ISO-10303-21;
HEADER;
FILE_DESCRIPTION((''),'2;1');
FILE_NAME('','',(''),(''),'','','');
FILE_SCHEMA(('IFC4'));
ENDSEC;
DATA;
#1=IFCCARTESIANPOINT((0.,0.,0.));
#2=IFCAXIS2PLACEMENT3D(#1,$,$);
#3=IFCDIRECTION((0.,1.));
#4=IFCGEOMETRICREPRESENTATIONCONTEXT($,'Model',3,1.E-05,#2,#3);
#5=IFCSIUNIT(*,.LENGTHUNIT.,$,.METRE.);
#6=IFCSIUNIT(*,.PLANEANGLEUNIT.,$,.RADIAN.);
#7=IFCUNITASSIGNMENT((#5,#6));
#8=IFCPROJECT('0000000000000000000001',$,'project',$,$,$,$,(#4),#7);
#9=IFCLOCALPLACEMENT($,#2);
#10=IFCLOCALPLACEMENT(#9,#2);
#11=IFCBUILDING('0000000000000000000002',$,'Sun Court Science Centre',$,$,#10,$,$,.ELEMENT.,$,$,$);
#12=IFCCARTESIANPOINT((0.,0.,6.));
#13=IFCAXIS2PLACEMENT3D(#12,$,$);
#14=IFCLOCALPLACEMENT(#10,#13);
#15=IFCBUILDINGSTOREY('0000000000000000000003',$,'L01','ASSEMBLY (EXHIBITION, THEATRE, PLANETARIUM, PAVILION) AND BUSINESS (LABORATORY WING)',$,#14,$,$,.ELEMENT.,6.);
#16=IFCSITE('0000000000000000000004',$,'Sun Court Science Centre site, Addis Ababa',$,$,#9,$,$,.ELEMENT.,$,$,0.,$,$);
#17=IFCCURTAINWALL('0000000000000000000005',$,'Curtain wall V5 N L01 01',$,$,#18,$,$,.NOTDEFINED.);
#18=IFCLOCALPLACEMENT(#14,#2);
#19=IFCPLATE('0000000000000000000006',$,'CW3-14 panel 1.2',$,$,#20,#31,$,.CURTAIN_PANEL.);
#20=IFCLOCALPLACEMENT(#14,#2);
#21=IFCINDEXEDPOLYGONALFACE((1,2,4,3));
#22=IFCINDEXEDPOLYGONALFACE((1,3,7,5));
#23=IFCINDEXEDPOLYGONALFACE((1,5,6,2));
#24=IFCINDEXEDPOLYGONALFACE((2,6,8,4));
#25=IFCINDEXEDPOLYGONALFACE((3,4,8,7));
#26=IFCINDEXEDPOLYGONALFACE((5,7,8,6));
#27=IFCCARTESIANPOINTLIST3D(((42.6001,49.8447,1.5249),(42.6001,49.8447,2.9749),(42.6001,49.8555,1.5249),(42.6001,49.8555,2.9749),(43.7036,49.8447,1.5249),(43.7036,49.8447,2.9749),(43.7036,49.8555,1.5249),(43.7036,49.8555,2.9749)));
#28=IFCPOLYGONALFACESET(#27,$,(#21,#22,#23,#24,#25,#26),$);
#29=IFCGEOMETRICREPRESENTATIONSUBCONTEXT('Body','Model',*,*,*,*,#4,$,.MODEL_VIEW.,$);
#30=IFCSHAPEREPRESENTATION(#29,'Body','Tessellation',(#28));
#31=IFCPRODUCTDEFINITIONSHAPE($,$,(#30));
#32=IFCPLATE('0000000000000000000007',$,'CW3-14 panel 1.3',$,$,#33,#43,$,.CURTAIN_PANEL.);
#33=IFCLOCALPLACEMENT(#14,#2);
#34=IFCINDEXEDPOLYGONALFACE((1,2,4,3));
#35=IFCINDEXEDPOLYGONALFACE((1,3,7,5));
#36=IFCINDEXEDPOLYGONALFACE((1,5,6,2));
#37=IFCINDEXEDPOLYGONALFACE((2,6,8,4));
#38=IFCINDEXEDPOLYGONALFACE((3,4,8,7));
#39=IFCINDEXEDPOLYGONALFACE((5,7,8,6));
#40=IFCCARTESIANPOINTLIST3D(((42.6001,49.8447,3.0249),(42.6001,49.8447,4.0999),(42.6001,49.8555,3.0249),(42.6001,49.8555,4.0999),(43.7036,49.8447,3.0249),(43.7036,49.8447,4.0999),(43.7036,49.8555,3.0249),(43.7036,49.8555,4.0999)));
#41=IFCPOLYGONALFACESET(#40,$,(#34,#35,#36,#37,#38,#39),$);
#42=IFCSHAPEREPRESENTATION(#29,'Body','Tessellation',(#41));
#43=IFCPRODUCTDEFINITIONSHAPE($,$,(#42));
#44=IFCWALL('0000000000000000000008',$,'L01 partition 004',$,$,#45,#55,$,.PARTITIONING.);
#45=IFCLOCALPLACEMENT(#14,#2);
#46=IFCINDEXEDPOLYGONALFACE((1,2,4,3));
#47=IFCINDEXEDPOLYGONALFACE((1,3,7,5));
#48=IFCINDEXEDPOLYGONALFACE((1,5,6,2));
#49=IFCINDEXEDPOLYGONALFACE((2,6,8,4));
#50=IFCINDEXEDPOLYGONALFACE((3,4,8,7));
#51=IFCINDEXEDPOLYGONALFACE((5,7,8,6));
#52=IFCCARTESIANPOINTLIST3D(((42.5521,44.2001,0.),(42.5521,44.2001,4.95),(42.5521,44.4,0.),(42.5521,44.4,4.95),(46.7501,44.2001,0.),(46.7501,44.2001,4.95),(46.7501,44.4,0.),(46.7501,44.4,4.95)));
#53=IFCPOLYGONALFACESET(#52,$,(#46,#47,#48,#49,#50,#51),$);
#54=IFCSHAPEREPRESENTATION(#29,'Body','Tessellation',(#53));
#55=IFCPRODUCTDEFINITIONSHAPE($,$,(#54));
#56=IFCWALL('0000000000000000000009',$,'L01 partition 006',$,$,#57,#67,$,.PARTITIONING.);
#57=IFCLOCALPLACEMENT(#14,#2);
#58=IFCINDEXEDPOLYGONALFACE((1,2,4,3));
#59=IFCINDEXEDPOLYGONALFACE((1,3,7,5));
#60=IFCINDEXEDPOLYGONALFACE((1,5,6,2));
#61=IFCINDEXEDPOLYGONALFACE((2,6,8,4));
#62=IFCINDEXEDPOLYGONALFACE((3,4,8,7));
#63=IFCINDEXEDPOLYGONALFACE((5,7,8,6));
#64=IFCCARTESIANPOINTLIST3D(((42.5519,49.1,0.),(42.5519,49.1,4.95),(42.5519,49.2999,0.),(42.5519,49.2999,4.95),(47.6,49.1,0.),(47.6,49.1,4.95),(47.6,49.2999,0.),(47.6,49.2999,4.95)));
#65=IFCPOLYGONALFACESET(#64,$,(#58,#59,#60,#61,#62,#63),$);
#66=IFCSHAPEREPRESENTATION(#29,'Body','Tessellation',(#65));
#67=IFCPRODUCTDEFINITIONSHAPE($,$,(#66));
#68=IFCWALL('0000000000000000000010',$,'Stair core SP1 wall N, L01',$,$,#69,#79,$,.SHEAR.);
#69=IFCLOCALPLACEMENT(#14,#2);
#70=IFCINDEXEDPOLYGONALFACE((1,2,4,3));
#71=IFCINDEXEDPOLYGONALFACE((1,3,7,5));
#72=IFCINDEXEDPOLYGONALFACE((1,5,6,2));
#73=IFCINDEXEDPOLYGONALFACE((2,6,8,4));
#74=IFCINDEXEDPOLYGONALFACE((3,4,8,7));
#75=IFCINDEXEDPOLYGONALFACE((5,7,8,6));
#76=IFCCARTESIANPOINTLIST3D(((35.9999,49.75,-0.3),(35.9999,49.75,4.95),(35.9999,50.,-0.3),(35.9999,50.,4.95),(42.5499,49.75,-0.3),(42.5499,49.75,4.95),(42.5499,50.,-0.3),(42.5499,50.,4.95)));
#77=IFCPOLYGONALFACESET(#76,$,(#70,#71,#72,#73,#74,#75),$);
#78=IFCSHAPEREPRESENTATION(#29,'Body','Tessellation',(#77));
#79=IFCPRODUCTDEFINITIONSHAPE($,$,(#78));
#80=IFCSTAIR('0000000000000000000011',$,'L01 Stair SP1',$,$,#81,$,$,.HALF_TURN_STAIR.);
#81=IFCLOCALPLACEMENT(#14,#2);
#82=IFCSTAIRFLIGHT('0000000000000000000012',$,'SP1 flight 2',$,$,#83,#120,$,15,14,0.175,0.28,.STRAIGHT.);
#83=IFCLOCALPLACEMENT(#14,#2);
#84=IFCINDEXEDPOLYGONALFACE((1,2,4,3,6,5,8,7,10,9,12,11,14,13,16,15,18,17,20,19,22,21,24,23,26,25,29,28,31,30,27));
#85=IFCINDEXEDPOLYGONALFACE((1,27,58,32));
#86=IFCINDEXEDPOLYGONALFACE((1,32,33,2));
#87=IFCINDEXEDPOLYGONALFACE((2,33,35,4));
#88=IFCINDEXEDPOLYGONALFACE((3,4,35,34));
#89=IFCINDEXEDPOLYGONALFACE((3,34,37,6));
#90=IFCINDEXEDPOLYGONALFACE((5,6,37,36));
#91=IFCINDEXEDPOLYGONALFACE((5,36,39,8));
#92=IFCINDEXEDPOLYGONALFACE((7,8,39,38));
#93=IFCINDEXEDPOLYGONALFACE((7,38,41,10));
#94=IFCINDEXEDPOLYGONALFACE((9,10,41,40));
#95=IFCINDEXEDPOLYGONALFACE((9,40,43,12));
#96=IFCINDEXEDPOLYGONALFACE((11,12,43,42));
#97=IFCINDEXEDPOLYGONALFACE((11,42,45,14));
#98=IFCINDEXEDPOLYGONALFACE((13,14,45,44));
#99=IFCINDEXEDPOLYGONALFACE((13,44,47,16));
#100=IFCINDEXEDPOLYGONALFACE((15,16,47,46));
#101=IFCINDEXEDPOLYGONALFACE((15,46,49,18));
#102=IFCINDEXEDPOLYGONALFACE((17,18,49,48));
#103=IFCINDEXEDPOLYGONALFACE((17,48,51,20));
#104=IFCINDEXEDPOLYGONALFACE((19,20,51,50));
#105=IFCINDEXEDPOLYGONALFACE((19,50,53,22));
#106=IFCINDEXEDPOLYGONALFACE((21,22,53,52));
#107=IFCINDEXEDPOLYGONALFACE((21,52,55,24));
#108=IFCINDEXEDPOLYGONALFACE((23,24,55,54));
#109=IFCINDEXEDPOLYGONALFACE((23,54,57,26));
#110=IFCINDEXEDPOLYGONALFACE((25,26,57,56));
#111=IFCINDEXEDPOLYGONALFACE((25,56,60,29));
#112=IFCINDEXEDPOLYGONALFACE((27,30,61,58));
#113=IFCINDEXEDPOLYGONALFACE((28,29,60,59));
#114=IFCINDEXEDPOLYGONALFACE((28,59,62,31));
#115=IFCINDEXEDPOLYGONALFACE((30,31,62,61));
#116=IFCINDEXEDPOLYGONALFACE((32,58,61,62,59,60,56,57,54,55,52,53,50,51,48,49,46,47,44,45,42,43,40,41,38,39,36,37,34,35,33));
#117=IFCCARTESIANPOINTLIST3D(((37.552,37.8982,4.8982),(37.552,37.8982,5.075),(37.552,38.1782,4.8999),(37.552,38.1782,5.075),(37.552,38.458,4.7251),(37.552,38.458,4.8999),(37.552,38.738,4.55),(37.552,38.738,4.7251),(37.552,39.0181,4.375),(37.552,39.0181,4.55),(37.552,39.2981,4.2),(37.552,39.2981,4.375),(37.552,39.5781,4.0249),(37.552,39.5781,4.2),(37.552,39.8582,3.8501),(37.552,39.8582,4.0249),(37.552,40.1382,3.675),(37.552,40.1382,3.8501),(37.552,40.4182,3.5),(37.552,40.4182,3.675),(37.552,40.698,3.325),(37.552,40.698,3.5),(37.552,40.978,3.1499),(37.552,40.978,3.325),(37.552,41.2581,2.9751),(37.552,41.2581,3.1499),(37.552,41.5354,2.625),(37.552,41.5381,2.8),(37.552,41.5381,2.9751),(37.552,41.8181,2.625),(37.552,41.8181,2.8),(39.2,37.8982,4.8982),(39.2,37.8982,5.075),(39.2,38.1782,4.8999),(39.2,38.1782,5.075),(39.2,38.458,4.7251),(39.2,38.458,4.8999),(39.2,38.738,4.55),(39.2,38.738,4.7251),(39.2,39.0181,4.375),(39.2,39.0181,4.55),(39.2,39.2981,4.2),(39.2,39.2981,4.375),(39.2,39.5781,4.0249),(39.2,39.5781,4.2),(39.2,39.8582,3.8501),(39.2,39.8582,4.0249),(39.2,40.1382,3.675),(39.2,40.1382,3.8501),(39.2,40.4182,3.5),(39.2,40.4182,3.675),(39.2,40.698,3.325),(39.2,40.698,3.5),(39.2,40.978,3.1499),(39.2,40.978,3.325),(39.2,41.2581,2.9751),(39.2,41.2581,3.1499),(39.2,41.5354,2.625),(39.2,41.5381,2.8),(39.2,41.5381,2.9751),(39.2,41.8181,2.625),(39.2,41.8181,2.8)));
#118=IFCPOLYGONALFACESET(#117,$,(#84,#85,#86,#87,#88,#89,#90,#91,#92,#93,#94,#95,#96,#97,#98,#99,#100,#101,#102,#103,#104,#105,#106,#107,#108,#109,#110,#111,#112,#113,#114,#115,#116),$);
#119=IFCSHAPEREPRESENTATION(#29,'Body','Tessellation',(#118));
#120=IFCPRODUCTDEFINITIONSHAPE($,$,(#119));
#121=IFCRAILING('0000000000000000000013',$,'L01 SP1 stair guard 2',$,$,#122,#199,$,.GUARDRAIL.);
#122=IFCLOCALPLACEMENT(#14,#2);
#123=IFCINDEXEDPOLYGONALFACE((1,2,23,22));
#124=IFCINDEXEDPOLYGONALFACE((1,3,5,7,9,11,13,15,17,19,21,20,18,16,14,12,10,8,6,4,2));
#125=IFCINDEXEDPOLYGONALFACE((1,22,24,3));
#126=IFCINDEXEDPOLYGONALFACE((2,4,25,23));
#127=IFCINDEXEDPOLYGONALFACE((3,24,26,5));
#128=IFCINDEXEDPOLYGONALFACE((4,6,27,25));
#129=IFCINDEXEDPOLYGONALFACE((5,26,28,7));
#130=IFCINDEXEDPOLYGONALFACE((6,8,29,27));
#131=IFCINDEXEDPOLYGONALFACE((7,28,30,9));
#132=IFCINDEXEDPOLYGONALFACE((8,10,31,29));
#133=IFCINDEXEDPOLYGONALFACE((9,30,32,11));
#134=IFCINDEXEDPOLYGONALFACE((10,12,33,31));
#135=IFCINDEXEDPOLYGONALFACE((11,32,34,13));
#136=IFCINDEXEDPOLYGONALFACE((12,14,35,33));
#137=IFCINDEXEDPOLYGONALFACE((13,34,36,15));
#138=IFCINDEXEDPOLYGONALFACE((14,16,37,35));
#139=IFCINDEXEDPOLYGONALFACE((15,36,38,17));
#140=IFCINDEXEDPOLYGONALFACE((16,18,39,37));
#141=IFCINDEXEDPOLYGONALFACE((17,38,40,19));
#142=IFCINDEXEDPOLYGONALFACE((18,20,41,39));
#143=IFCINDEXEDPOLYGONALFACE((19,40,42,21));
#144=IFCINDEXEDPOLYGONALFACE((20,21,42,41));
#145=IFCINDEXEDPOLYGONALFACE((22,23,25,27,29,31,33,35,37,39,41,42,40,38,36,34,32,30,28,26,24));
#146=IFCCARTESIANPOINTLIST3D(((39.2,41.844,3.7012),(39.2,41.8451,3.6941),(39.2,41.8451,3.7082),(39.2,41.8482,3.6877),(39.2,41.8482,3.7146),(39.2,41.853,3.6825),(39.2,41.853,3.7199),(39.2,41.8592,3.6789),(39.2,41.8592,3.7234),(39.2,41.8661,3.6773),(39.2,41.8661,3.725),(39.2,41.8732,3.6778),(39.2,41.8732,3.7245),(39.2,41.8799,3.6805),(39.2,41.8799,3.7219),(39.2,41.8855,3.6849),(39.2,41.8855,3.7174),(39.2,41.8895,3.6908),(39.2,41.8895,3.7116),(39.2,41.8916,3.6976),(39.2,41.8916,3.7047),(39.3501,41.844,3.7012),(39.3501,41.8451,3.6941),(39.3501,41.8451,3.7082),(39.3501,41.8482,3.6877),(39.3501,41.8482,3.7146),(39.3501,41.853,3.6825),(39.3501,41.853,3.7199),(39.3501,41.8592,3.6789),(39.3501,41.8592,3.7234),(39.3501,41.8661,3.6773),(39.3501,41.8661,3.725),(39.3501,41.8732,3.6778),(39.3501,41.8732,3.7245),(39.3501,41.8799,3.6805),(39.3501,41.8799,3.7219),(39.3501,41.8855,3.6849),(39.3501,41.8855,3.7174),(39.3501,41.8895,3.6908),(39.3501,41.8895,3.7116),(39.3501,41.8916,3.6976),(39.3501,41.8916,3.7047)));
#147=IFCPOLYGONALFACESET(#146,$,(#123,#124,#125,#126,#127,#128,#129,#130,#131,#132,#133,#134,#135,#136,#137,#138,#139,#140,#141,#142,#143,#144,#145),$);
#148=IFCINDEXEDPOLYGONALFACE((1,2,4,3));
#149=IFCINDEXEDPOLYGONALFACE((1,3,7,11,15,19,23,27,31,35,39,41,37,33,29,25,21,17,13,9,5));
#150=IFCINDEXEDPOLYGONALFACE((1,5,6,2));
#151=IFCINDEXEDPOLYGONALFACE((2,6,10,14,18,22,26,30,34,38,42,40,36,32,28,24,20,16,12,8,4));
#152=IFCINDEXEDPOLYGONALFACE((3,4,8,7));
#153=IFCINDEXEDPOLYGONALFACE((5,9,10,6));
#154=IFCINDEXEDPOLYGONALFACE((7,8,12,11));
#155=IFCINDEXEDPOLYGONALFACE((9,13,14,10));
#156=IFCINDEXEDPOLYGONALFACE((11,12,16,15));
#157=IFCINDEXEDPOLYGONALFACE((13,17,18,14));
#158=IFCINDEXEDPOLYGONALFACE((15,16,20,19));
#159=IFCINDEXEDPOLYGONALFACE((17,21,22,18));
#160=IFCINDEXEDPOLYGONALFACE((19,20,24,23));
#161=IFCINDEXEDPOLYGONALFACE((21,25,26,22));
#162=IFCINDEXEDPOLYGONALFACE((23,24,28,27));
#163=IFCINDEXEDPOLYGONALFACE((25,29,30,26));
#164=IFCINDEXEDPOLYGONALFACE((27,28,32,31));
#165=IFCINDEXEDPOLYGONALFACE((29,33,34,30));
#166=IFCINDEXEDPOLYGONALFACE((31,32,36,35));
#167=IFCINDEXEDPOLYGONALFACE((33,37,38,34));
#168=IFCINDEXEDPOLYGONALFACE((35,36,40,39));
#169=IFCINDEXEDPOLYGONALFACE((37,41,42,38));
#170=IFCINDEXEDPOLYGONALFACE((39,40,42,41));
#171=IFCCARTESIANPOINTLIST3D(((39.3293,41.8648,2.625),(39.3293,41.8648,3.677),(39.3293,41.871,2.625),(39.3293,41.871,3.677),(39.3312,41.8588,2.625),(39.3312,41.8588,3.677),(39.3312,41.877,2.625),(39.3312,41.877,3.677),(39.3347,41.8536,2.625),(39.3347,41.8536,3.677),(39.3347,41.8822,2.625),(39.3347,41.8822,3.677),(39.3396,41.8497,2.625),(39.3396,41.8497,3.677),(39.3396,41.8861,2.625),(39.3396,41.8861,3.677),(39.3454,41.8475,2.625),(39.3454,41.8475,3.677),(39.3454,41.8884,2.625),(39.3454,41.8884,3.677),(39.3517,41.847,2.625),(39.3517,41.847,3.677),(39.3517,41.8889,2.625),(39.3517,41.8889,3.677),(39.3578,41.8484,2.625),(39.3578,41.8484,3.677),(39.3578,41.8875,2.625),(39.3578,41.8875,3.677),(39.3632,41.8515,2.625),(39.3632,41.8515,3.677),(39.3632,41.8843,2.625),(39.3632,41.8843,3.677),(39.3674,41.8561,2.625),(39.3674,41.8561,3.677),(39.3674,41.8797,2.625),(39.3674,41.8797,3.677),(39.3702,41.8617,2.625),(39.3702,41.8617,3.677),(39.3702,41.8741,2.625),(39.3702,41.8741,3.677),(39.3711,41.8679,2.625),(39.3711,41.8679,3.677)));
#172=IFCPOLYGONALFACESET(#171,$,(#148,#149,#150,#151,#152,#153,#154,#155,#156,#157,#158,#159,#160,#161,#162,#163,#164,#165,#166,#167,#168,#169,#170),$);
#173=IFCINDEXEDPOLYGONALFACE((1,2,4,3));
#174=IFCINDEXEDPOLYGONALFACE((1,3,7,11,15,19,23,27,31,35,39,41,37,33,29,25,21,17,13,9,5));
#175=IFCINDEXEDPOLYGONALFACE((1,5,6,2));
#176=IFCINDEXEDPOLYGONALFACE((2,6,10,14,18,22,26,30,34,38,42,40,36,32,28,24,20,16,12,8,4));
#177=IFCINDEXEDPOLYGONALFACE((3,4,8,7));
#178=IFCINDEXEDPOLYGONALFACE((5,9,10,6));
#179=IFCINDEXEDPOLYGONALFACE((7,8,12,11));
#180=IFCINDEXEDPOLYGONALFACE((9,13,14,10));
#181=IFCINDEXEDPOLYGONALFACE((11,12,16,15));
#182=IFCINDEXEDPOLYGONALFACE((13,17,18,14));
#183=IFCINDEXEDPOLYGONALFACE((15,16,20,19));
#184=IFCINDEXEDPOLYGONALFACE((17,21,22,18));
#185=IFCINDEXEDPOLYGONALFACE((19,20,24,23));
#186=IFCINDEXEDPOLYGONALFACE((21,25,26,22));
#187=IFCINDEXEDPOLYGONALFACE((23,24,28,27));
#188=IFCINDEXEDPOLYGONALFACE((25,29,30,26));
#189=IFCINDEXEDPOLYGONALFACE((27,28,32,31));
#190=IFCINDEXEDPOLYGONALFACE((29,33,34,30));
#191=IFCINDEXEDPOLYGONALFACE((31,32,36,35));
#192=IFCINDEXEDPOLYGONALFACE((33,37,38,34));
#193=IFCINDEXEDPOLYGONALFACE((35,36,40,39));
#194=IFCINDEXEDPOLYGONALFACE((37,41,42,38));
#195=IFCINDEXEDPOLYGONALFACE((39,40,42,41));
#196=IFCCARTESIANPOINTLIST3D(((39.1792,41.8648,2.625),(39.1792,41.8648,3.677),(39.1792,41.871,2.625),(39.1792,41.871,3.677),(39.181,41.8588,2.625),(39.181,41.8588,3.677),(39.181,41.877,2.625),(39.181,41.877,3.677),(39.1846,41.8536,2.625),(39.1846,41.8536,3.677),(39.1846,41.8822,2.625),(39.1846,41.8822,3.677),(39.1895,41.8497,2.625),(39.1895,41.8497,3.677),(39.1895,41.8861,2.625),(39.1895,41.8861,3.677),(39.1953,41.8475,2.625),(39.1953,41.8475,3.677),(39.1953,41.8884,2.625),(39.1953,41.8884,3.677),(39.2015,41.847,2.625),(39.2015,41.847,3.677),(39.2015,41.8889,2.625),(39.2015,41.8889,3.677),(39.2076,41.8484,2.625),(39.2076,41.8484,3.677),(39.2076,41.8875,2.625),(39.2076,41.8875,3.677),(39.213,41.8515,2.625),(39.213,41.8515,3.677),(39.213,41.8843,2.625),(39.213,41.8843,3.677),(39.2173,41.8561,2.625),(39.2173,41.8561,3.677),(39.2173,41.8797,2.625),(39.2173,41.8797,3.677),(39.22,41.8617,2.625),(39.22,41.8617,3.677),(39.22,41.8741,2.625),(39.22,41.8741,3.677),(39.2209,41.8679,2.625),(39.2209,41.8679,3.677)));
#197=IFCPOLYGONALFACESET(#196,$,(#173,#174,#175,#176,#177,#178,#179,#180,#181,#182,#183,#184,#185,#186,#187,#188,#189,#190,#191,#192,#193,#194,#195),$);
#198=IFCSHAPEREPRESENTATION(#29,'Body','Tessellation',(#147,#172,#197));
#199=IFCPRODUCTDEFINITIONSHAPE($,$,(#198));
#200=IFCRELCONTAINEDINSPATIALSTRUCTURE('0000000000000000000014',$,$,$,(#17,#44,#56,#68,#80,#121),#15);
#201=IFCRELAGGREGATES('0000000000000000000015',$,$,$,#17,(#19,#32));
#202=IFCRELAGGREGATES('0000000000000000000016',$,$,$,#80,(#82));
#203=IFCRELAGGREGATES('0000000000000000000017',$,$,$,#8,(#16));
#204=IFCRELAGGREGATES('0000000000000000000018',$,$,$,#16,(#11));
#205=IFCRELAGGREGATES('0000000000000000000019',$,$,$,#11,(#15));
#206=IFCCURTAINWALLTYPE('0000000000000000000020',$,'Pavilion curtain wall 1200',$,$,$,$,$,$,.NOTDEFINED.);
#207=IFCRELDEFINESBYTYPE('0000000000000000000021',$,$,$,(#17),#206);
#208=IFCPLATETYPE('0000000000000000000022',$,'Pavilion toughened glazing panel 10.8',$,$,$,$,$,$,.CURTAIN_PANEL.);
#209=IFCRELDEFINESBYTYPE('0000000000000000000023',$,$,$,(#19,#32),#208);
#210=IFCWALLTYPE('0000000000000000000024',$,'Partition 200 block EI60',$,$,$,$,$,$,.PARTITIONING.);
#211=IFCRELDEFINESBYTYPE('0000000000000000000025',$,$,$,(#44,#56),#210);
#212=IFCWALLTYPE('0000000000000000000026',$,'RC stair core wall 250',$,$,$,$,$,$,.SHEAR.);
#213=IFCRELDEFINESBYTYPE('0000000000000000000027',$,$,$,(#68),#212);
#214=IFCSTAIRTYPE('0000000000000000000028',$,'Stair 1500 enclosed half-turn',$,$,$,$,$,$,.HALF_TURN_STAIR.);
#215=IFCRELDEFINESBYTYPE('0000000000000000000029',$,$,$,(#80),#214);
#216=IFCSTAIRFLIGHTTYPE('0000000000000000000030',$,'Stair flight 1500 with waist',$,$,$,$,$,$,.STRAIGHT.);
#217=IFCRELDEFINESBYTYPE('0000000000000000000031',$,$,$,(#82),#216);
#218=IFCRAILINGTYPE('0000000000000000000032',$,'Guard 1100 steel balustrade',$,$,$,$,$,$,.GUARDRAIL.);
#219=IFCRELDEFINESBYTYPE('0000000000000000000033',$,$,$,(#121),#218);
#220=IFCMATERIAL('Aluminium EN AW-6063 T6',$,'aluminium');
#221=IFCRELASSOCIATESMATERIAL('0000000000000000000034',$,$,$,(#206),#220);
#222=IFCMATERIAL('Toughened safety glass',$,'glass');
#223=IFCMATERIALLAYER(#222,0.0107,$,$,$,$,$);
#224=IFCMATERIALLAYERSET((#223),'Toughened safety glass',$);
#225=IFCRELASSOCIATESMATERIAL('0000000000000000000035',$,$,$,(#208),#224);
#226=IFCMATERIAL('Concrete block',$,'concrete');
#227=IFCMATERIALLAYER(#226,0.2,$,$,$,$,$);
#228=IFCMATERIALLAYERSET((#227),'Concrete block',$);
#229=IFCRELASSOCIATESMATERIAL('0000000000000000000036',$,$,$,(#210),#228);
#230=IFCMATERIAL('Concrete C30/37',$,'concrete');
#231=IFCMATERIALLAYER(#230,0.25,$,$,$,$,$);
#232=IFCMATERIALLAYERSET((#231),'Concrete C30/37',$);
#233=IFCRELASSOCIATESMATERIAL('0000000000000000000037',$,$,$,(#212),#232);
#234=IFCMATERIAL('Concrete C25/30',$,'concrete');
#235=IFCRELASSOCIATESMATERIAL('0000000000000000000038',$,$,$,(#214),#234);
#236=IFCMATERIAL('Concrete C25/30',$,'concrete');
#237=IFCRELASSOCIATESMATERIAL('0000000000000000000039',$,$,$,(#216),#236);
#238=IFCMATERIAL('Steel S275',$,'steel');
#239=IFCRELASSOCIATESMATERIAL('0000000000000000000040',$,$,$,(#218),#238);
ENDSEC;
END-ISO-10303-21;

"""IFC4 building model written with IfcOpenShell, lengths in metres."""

from ifc_helpers import new_model, si_unit, direction, frame, frame_2d, origin, origin_2d, place, context, subcontext, project, spatial, polyline, rectangle, circle, outline, extrude, material, layer, layer_set, type_object, element, aggregate, save


model = new_model("IFC4")

# Units and contexts
model_context = context("Model", 3, precision=1e-05, world=origin(), true_north=direction((0.0, 1.0)))
body_context = subcontext(model_context, "Body", "Model", "MODEL_VIEW")
ifc_project = project(units=[si_unit("LENGTHUNIT", "METRE"), si_unit("PLANEANGLEUNIT", "RADIAN")], contexts=[model_context])

# Site, building, storey
site_placement = place(None, origin())
site = spatial("IfcSite", under=ifc_project, at=site_placement, Name="Sun Court Science Centre site, Addis Ababa", CompositionType="ELEMENT", RefElevation=0.0)
building_placement = place(site_placement, origin())
building = spatial("IfcBuilding", under=site, at=building_placement, Name="Sun Court Science Centre", CompositionType="ELEMENT")
storey_placement = place(building_placement, frame((0.0, 0.0, 6.0)))
storey = spatial("IfcBuildingStorey", under=building, at=storey_placement, Name="L01", Description="ASSEMBLY (EXHIBITION, THEATRE, PLANETARIUM, PAVILION) AND BUSINESS (LABORATORY WING)", CompositionType="ELEMENT", Elevation=6.0)

# Curtain wall
ifc_material_1 = material(Name="Aluminium EN AW-6063 T6", Category="aluminium")
curtain_wall_type_1 = type_object("IfcCurtainWallType", Name="Pavilion curtain wall 1200", PredefinedType="NOTDEFINED", material=ifc_material_1)
curtain_wall_1_placement = place(storey_placement, origin())
curtain_wall_1 = element("IfcCurtainWall", 1, at=curtain_wall_1_placement, inside=storey, type_object=curtain_wall_type_1, Name="Curtain wall V5 N L01 01", PredefinedType="NOTDEFINED")

# Plates
ifc_material_2 = material(Name="Toughened safety glass", Category="glass")
ifc_layer_1 = layer(ifc_material_2, 0.0107)
ifc_layer_set_1 = layer_set([ifc_layer_1], Name="Toughened safety glass")
plate_type_1 = type_object("IfcPlateType", Name="Pavilion toughened glazing panel 10.8", PredefinedType="CURTAIN_PANEL", material=ifc_layer_set_1)
plate_1_placement = place(storey_placement, frame((43.1519, 49.8501, 1.5249), z_axis=(0.0, 0.0, 1.0), x_axis=(1.0, 0.0, 0.0)))
plate_1 = element("IfcPlate", 2, at=plate_1_placement, type_object=plate_type_1, Name="CW3-14 panel 1.2", PredefinedType="CURTAIN_PANEL", context=body_context, shape_type="SweptSolid", body=[
    extrude(rectangle(XDim=1.1035, YDim=0.0107, at=origin_2d()), origin(), (0.0, 0.0, 1.0), 1.45),
])
plate_2_placement = place(storey_placement, frame((43.1519, 49.8501, 3.0249), z_axis=(0.0, 0.0, 1.0), x_axis=(1.0, 0.0, 0.0)))
plate_2 = element("IfcPlate", 3, at=plate_2_placement, type_object=plate_type_1, Name="CW3-14 panel 1.3", PredefinedType="CURTAIN_PANEL", context=body_context, shape_type="SweptSolid", body=[
    extrude(rectangle(XDim=1.1035, YDim=0.0107, at=origin_2d()), origin(), (0.0, 0.0, 1.0), 1.075),
])
aggregate(curtain_wall_1, [plate_1, plate_2])

# Walls
ifc_material_3 = material(Name="Concrete block", Category="concrete")
ifc_layer_2 = layer(ifc_material_3, 0.2)
ifc_layer_set_2 = layer_set([ifc_layer_2], Name="Concrete block")
wall_type_1 = type_object("IfcWallType", Name="Partition 200 block EI60", PredefinedType="PARTITIONING", material=ifc_layer_set_2)
wall_1_placement = place(storey_placement, frame((42.552, 44.3, 0.0), z_axis=(0.0, 0.0, 1.0), x_axis=(1.0, 0.0, 0.0)))
element("IfcWall", 4, at=wall_1_placement, inside=storey, type_object=wall_type_1, Name="L01 partition 004", PredefinedType="PARTITIONING", context=body_context, shape_type="SweptSolid", body=[
    extrude(rectangle(XDim=4.198, YDim=0.2, at=frame_2d((2.0991, 0.0))), origin(), (0.0, 0.0, 1.0), 4.95),
])
wall_2_placement = place(storey_placement, frame((42.552, 49.2, 0.0), z_axis=(0.0, 0.0, 1.0), x_axis=(1.0, 0.0, 0.0)))
element("IfcWall", 5, at=wall_2_placement, inside=storey, type_object=wall_type_1, Name="L01 partition 006", PredefinedType="PARTITIONING", context=body_context, shape_type="SweptSolid", body=[
    extrude(rectangle(XDim=5.0481, YDim=0.2, at=frame_2d((2.5239, 0.0))), origin(), (0.0, 0.0, 1.0), 4.95),
])
ifc_material_4 = material(Name="Concrete C30/37", Category="concrete")
ifc_layer_3 = layer(ifc_material_4, 0.25)
ifc_layer_set_3 = layer_set([ifc_layer_3], Name="Concrete C30/37")
wall_type_2 = type_object("IfcWallType", Name="RC stair core wall 250", PredefinedType="SHEAR", material=ifc_layer_set_3)
wall_3_placement = place(storey_placement, frame((36.0, 49.875, -0.3), z_axis=(0.0, 0.0, 1.0), x_axis=(1.0, 0.0, 0.0)))
element("IfcWall", 6, at=wall_3_placement, inside=storey, type_object=wall_type_2, Name="Stair core SP1 wall N, L01", PredefinedType="SHEAR", context=body_context, shape_type="SweptSolid", body=[
    extrude(rectangle(XDim=6.55, YDim=0.25, at=frame_2d((3.2749, 0.0))), origin(), (0.0, 0.0, 1.0), 5.25),
])

# Stair, stair flight
ifc_material_5 = material(Name="Concrete C25/30", Category="concrete")
stair_type = type_object("IfcStairType", Name="Stair 1500 enclosed half-turn", PredefinedType="HALF_TURN_STAIR", material=ifc_material_5)
stair_placement = place(storey_placement, origin())
stair = element("IfcStair", 7, at=stair_placement, inside=storey, type_object=stair_type, Name="L01 Stair SP1", PredefinedType="HALF_TURN_STAIR")
ifc_material_6 = material(Name="Concrete C25/30", Category="concrete")
stair_flight_type = type_object("IfcStairFlightType", Name="Stair flight 1500 with waist", PredefinedType="STRAIGHT", material=ifc_material_6)
stair_flight_placement = place(storey_placement, frame((38.376, 41.8181, 2.625), z_axis=(0.0, 0.0, 1.0), x_axis=(0.0, -1.0, 0.0)))
stair_flight = element("IfcStairFlight", 8, at=stair_flight_placement, type_object=stair_flight_type, Name="SP1 flight 2", NumberOfRisers=15, NumberOfTreads=14, PredefinedType="STRAIGHT", RiserHeight=0.175, TreadLength=0.28, context=body_context, shape_type="SweptSolid", body=[
    extrude(outline(polyline([(0.0, 0.0), (0.0, 0.175), (0.28, 0.175), (0.28, 0.3501), (0.5601, 0.3501), (0.5601, 0.5249), (0.8401, 0.5249), (0.8401, 0.7), (1.1201, 0.7), (1.1201, 0.875), (1.3999, 0.875), (1.3999, 1.05), (1.6799, 1.05), (1.6799, 1.2251), (1.96, 1.2251), (1.96, 1.3999), (2.24, 1.3999), (2.24, 1.575), (2.52, 1.575), (2.52, 1.75), (2.8, 1.75), (2.8, 1.925), (3.0801, 1.925), (3.0801, 2.1001), (3.3601, 2.1001), (3.3601, 2.2749), (3.6399, 2.2749), (3.6399, 2.45), (3.9199, 2.45), (3.9199, 2.625), (3.9199, 2.2732), (0.2827, 0.0), (0.0, 0.0)])), frame((0.0, 0.824, 0.0), z_axis=(0.0, -1.0, 0.0), x_axis=(1.0, 0.0, 0.0)), (0.0, 0.0, 1.0), 1.6479),
])
aggregate(stair, [stair_flight])

# Railing
ifc_material_7 = material(Name="Steel S275", Category="steel")
railing_type_1 = type_object("IfcRailingType", Name="Guard 1100 steel balustrade", PredefinedType="GUARDRAIL", material=ifc_material_7)
railing_1_placement = place(storey_placement, frame((39.3501, 41.8679, 2.625)))
element("IfcRailing", 9, at=railing_1_placement, inside=storey, type_object=railing_type_1, Name="L01 SP1 stair guard 2", PredefinedType="GUARDRAIL", context=body_context, shape_type="SweptSolid", body=[
    extrude(circle(Radius=0.0239, at=origin_2d()), frame((0.0, 0.0, 1.0762), z_axis=(-1.0, 0.0, 0.0), x_axis=(0.0, -1.0, 0.0)), (0.0, 0.0, 1.0), 0.1501),
    extrude(circle(Radius=0.021, at=origin_2d()), origin(), (0.0, 0.0, 1.0), 1.052),
    extrude(circle(Radius=0.021, at=origin_2d()), frame((-0.1501, 0.0, 0.0)), (0.0, 0.0, 1.0), 1.052),
])

save(model, "model.ifc")
